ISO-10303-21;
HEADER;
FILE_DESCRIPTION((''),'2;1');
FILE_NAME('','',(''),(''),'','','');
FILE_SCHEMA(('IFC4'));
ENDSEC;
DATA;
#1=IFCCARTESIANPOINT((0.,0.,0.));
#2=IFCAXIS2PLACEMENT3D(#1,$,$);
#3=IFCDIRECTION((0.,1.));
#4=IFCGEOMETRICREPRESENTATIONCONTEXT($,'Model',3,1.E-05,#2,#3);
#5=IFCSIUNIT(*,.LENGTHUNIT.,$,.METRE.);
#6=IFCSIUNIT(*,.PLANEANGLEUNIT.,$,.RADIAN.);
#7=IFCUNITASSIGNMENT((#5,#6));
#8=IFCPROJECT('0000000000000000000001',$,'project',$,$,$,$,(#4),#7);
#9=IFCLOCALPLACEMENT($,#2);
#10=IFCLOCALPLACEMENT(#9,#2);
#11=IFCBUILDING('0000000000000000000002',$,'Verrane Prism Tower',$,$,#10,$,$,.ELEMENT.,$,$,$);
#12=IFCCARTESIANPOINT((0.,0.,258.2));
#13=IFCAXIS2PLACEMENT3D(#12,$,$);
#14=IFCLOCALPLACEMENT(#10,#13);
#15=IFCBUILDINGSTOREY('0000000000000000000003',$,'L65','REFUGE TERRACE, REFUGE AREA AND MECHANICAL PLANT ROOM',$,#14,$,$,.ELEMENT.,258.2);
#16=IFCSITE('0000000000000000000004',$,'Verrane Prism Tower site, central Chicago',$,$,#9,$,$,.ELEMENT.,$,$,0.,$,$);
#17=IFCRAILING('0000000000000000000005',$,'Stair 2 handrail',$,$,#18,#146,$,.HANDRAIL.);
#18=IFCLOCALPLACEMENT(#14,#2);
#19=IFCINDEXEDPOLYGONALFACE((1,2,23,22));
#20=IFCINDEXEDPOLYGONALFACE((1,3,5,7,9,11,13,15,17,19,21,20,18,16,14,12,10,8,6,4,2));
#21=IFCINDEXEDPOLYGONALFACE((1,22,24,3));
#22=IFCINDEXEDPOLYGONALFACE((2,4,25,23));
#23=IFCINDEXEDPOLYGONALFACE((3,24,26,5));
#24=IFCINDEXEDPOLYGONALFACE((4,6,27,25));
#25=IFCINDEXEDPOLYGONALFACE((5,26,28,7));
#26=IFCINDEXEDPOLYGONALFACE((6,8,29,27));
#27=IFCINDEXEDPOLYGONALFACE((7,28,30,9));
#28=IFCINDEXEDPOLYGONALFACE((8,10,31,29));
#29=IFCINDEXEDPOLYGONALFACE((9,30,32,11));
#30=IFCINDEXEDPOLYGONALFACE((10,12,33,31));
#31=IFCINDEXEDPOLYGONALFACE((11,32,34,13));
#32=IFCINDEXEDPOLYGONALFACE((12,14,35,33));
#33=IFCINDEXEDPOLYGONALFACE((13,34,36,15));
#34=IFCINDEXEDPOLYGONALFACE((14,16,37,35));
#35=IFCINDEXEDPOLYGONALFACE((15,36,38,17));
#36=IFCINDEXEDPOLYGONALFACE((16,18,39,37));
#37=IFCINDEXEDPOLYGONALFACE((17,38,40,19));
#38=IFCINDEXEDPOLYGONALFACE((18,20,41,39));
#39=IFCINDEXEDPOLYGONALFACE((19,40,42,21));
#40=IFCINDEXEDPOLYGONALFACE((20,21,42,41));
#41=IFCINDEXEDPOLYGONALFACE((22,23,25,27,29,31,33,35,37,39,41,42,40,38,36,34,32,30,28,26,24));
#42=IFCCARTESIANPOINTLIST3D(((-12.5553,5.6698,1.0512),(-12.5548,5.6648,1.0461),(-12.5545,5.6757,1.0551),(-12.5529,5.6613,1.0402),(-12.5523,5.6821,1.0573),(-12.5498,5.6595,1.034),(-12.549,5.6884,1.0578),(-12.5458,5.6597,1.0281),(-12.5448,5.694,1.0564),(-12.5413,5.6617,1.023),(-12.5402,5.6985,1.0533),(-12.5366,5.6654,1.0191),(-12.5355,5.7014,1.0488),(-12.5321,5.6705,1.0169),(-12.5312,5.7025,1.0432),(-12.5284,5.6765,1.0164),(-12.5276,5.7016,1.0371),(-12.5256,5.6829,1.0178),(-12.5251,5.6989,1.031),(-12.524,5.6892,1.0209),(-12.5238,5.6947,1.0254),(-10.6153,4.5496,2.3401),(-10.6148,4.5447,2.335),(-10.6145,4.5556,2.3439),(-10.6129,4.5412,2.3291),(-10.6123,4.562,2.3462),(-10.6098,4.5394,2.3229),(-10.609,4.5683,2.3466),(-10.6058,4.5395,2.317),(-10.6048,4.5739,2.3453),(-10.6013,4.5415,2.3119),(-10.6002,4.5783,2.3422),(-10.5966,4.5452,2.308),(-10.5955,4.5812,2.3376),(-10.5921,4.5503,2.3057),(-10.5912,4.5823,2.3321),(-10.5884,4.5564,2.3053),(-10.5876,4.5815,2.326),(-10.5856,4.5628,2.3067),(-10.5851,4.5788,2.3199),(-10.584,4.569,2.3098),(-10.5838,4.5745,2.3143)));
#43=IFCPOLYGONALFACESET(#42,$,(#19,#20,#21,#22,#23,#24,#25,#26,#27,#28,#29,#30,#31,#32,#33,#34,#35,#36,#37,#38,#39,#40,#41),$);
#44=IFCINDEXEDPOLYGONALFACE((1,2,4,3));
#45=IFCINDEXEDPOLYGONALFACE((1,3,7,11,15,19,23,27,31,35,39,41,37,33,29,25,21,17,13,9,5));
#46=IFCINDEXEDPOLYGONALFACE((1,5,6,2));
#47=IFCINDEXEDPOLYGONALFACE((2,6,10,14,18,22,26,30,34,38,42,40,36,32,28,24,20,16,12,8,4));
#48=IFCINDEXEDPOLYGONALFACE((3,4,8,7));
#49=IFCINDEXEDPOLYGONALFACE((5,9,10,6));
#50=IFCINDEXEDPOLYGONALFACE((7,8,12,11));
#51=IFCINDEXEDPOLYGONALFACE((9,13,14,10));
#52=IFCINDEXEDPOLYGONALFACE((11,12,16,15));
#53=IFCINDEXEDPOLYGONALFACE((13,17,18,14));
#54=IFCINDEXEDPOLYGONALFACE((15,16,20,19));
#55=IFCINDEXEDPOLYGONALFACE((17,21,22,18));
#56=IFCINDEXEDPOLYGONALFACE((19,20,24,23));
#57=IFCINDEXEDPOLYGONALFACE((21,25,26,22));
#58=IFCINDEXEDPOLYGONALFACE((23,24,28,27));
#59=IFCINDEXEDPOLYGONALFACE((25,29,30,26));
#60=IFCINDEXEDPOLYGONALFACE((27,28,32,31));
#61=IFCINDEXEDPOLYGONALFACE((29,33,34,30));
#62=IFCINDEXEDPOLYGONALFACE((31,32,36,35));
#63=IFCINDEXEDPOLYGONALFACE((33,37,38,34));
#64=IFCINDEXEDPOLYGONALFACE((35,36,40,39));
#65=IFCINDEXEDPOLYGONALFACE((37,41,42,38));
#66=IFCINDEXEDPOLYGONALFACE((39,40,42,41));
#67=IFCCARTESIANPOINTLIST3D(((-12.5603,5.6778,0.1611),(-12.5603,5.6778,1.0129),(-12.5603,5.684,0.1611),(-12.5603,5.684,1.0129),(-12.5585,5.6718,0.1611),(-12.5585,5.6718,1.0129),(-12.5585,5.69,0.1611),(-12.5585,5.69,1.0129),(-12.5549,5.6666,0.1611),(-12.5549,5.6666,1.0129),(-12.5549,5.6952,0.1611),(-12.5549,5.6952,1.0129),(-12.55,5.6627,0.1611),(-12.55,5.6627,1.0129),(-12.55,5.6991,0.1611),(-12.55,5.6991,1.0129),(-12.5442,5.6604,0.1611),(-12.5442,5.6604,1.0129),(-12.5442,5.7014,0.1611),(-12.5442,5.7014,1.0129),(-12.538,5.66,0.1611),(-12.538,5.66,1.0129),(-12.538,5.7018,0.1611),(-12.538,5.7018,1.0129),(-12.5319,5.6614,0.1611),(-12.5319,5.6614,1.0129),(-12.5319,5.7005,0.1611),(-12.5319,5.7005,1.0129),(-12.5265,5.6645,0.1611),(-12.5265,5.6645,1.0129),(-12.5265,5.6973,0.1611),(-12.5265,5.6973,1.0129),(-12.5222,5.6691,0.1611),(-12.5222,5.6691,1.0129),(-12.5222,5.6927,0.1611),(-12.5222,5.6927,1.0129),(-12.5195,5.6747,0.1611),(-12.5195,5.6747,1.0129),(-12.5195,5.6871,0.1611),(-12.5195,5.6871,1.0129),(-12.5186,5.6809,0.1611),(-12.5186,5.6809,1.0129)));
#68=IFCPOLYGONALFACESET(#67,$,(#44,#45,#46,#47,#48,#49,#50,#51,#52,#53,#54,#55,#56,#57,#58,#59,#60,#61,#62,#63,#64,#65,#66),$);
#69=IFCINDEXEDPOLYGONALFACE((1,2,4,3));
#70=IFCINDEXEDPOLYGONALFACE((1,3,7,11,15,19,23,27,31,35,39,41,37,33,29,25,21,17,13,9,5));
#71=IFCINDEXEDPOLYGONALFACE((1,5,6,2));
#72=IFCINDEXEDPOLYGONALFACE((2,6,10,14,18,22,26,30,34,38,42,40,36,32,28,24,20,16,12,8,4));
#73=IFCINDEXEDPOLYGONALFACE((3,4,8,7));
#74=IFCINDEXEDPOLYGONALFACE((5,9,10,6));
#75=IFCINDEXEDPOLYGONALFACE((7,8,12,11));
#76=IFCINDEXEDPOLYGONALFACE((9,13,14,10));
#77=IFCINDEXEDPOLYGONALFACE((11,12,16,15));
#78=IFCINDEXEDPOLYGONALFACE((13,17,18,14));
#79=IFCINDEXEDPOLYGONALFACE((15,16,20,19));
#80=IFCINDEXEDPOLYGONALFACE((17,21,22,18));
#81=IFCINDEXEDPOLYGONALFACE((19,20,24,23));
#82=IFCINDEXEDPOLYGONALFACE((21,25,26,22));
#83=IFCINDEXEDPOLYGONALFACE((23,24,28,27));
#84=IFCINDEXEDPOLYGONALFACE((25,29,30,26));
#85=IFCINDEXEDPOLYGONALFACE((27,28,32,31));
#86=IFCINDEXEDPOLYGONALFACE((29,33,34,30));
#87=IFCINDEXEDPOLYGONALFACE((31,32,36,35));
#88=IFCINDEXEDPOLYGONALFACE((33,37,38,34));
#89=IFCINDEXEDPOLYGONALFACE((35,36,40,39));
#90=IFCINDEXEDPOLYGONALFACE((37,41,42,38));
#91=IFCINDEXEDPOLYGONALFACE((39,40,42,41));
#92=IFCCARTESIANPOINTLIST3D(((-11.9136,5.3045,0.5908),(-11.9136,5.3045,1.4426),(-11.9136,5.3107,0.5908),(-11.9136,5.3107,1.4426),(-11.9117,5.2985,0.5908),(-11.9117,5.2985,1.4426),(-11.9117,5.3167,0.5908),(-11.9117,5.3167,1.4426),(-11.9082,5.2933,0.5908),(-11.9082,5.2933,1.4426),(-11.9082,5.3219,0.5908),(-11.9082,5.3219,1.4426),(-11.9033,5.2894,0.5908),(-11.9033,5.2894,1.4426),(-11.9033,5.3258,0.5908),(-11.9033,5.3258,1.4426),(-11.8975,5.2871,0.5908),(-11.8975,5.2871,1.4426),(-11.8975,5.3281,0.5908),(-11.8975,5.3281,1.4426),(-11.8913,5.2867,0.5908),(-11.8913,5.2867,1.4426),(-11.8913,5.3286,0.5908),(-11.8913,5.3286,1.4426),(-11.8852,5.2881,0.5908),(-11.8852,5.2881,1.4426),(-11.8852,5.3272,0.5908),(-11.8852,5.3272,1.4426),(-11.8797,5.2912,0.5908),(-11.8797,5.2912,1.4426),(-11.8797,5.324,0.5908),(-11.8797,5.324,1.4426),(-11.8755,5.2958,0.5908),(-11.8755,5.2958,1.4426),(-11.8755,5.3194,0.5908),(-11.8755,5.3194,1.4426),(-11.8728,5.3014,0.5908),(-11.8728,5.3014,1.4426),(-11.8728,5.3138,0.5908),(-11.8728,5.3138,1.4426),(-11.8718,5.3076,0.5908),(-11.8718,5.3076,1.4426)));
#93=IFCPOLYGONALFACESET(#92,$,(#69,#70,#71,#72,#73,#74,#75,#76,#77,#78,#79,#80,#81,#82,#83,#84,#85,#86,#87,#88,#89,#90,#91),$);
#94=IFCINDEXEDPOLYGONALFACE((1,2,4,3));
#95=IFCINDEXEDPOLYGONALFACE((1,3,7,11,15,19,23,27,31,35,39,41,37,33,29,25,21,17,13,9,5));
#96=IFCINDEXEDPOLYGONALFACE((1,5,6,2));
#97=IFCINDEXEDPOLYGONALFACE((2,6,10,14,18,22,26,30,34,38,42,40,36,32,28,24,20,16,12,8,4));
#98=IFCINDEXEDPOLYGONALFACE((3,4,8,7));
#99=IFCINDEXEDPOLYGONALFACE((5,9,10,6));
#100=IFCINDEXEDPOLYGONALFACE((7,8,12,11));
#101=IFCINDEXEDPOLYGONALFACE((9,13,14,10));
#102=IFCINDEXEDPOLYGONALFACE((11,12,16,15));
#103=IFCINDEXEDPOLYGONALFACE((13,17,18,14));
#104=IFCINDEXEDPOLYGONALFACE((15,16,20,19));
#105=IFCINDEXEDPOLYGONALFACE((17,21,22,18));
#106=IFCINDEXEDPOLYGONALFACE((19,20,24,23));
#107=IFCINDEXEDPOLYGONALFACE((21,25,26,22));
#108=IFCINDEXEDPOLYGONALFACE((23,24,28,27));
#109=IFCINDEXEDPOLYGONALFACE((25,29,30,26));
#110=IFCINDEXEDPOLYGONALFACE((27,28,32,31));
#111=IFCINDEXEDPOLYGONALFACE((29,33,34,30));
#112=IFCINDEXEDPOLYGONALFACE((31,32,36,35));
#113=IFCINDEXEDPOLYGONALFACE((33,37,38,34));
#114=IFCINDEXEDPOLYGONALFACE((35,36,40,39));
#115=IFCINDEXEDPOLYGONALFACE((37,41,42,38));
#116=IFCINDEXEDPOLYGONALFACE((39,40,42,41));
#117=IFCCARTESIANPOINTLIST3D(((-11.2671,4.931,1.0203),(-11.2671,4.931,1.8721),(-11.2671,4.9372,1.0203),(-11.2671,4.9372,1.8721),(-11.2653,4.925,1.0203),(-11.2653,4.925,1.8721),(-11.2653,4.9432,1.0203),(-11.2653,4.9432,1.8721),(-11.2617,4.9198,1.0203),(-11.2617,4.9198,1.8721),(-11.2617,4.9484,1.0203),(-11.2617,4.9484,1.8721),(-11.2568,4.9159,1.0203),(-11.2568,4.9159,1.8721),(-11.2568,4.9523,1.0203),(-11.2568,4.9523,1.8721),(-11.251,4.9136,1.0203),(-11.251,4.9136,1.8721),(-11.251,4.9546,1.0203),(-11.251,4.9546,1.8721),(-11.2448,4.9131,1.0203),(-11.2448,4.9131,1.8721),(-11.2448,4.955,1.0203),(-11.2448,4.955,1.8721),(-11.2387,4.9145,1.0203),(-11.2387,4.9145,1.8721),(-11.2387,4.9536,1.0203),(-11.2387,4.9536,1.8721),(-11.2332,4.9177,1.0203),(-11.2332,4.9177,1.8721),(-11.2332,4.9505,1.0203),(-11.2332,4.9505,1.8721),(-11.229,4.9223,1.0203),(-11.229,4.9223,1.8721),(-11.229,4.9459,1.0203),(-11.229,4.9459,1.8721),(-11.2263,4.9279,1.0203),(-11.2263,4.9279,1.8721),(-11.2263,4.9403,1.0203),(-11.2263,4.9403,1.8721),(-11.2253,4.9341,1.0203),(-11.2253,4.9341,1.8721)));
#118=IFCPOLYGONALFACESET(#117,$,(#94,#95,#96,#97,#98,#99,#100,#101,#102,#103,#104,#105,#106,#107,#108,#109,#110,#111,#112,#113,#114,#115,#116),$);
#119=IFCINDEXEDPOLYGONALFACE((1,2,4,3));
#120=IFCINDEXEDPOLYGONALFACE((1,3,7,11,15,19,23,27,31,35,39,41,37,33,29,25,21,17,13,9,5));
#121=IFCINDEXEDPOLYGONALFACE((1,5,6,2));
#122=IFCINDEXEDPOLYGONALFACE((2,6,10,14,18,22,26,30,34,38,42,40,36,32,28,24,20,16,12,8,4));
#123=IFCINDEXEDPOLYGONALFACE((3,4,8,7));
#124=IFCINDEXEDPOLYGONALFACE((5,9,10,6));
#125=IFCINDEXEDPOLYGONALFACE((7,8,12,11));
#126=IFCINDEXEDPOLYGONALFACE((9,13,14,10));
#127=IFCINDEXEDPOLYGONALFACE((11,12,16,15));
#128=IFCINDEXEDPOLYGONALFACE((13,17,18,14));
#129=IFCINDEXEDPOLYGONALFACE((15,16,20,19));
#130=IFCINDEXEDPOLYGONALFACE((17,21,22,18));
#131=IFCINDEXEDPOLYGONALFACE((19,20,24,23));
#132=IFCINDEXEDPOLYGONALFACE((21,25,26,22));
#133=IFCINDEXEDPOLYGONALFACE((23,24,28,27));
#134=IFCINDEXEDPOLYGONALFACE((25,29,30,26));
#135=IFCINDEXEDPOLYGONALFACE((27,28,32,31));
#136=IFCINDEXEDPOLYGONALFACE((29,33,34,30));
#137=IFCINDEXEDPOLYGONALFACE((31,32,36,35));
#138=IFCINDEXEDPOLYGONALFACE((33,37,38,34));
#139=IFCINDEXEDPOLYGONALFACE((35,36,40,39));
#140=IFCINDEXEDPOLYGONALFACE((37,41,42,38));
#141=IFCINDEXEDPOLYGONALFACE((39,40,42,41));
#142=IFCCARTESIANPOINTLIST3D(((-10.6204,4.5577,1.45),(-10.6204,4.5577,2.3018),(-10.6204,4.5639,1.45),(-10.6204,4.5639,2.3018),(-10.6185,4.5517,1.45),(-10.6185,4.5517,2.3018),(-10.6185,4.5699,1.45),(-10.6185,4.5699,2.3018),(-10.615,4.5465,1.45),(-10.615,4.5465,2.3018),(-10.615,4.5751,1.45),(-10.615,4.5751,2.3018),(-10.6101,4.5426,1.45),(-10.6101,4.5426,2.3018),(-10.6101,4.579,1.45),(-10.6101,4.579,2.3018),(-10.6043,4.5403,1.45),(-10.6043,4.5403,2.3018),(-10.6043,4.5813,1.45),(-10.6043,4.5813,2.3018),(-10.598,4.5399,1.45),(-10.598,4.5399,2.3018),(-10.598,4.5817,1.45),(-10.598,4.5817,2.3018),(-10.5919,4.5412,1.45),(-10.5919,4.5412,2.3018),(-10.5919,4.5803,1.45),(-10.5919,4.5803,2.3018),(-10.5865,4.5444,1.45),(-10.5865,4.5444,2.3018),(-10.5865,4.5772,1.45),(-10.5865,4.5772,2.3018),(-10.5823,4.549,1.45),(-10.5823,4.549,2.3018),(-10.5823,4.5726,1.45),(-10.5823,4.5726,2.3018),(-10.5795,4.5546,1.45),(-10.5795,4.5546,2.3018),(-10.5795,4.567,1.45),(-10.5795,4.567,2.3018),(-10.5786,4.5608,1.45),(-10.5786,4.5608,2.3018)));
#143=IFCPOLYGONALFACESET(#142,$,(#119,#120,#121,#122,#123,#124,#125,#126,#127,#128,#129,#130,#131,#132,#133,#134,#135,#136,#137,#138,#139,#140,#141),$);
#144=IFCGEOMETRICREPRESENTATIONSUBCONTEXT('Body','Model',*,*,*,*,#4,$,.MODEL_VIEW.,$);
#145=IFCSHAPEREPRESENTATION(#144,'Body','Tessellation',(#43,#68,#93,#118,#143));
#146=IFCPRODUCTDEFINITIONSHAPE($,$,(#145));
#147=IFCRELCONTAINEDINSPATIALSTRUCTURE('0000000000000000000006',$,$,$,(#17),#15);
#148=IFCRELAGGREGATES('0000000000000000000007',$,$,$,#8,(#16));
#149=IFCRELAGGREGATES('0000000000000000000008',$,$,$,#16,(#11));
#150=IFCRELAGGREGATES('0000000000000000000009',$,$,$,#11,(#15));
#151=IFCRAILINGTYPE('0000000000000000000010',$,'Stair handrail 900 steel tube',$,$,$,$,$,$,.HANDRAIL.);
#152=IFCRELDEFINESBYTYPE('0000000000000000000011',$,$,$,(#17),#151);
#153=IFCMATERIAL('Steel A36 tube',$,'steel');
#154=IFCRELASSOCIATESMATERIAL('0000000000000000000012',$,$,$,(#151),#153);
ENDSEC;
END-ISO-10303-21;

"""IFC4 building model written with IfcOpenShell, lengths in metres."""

from ifc_helpers import new_model, si_unit, direction, frame, origin, origin_2d, place, context, subcontext, project, spatial, circle, extrude, material, type_object, element, save


model = new_model("IFC4")

# Units and contexts
model_context = context("Model", 3, precision=1e-05, world=origin(), true_north=direction((0.0, 1.0)))
body_context = subcontext(model_context, "Body", "Model", "MODEL_VIEW")
ifc_project = project(units=[si_unit("LENGTHUNIT", "METRE"), si_unit("PLANEANGLEUNIT", "RADIAN")], contexts=[model_context])

# Site, building, storey
site_placement = place(None, origin())
site = spatial("IfcSite", under=ifc_project, at=site_placement, Name="Verrane Prism Tower site, central Chicago", CompositionType="ELEMENT", RefElevation=0.0)
building_placement = place(site_placement, origin())
building = spatial("IfcBuilding", under=site, at=building_placement, Name="Verrane Prism Tower", CompositionType="ELEMENT")
storey_placement = place(building_placement, frame((0.0, 0.0, 258.2)))
storey = spatial("IfcBuildingStorey", under=building, at=storey_placement, Name="L65", Description="REFUGE TERRACE, REFUGE AREA AND MECHANICAL PLANT ROOM", CompositionType="ELEMENT", Elevation=258.2)

# Railing
ifc_material_1 = material(Name="Steel A36 tube", Category="steel")
railing_type_1 = type_object("IfcRailingType", Name="Stair handrail 900 steel tube", PredefinedType="HANDRAIL", material=ifc_material_1)
for number, where, name in (
    (1, (-12.5396, 5.6809, 0.1611), "Stair 2 handrail"),
):
    element("IfcRailing", number, at=place(storey_placement, frame(where)), inside=storey, type_object=railing_type_1, Name=name, PredefinedType="HANDRAIL", context=body_context, shape_type="SweptSolid", body=[
        extrude(circle(Radius=0.0239, at=origin_2d()), frame((0.0, 0.0, 0.876), z_axis=(0.750637, -0.433416, 0.498693), x_axis=(0.500031, 0.866008, 0.0)), (0.0, 0.0, 1.0), 2.5845),
        extrude(circle(Radius=0.021, at=origin_2d()), origin(), (0.0, 0.0, 1.0), 0.8518),
        extrude(circle(Radius=0.021, at=origin_2d()), frame((0.6467, -0.3733, 0.4297)), (0.0, 0.0, 1.0), 0.8518),
        extrude(circle(Radius=0.021, at=origin_2d()), frame((1.2932, -0.7468, 0.8591)), (0.0, 0.0, 1.0), 0.8518),
        extrude(circle(Radius=0.021, at=origin_2d()), frame((1.9399, -1.1201, 1.2888)), (0.0, 0.0, 1.0), 0.8518),
    ])

save(model, "model.ifc")
